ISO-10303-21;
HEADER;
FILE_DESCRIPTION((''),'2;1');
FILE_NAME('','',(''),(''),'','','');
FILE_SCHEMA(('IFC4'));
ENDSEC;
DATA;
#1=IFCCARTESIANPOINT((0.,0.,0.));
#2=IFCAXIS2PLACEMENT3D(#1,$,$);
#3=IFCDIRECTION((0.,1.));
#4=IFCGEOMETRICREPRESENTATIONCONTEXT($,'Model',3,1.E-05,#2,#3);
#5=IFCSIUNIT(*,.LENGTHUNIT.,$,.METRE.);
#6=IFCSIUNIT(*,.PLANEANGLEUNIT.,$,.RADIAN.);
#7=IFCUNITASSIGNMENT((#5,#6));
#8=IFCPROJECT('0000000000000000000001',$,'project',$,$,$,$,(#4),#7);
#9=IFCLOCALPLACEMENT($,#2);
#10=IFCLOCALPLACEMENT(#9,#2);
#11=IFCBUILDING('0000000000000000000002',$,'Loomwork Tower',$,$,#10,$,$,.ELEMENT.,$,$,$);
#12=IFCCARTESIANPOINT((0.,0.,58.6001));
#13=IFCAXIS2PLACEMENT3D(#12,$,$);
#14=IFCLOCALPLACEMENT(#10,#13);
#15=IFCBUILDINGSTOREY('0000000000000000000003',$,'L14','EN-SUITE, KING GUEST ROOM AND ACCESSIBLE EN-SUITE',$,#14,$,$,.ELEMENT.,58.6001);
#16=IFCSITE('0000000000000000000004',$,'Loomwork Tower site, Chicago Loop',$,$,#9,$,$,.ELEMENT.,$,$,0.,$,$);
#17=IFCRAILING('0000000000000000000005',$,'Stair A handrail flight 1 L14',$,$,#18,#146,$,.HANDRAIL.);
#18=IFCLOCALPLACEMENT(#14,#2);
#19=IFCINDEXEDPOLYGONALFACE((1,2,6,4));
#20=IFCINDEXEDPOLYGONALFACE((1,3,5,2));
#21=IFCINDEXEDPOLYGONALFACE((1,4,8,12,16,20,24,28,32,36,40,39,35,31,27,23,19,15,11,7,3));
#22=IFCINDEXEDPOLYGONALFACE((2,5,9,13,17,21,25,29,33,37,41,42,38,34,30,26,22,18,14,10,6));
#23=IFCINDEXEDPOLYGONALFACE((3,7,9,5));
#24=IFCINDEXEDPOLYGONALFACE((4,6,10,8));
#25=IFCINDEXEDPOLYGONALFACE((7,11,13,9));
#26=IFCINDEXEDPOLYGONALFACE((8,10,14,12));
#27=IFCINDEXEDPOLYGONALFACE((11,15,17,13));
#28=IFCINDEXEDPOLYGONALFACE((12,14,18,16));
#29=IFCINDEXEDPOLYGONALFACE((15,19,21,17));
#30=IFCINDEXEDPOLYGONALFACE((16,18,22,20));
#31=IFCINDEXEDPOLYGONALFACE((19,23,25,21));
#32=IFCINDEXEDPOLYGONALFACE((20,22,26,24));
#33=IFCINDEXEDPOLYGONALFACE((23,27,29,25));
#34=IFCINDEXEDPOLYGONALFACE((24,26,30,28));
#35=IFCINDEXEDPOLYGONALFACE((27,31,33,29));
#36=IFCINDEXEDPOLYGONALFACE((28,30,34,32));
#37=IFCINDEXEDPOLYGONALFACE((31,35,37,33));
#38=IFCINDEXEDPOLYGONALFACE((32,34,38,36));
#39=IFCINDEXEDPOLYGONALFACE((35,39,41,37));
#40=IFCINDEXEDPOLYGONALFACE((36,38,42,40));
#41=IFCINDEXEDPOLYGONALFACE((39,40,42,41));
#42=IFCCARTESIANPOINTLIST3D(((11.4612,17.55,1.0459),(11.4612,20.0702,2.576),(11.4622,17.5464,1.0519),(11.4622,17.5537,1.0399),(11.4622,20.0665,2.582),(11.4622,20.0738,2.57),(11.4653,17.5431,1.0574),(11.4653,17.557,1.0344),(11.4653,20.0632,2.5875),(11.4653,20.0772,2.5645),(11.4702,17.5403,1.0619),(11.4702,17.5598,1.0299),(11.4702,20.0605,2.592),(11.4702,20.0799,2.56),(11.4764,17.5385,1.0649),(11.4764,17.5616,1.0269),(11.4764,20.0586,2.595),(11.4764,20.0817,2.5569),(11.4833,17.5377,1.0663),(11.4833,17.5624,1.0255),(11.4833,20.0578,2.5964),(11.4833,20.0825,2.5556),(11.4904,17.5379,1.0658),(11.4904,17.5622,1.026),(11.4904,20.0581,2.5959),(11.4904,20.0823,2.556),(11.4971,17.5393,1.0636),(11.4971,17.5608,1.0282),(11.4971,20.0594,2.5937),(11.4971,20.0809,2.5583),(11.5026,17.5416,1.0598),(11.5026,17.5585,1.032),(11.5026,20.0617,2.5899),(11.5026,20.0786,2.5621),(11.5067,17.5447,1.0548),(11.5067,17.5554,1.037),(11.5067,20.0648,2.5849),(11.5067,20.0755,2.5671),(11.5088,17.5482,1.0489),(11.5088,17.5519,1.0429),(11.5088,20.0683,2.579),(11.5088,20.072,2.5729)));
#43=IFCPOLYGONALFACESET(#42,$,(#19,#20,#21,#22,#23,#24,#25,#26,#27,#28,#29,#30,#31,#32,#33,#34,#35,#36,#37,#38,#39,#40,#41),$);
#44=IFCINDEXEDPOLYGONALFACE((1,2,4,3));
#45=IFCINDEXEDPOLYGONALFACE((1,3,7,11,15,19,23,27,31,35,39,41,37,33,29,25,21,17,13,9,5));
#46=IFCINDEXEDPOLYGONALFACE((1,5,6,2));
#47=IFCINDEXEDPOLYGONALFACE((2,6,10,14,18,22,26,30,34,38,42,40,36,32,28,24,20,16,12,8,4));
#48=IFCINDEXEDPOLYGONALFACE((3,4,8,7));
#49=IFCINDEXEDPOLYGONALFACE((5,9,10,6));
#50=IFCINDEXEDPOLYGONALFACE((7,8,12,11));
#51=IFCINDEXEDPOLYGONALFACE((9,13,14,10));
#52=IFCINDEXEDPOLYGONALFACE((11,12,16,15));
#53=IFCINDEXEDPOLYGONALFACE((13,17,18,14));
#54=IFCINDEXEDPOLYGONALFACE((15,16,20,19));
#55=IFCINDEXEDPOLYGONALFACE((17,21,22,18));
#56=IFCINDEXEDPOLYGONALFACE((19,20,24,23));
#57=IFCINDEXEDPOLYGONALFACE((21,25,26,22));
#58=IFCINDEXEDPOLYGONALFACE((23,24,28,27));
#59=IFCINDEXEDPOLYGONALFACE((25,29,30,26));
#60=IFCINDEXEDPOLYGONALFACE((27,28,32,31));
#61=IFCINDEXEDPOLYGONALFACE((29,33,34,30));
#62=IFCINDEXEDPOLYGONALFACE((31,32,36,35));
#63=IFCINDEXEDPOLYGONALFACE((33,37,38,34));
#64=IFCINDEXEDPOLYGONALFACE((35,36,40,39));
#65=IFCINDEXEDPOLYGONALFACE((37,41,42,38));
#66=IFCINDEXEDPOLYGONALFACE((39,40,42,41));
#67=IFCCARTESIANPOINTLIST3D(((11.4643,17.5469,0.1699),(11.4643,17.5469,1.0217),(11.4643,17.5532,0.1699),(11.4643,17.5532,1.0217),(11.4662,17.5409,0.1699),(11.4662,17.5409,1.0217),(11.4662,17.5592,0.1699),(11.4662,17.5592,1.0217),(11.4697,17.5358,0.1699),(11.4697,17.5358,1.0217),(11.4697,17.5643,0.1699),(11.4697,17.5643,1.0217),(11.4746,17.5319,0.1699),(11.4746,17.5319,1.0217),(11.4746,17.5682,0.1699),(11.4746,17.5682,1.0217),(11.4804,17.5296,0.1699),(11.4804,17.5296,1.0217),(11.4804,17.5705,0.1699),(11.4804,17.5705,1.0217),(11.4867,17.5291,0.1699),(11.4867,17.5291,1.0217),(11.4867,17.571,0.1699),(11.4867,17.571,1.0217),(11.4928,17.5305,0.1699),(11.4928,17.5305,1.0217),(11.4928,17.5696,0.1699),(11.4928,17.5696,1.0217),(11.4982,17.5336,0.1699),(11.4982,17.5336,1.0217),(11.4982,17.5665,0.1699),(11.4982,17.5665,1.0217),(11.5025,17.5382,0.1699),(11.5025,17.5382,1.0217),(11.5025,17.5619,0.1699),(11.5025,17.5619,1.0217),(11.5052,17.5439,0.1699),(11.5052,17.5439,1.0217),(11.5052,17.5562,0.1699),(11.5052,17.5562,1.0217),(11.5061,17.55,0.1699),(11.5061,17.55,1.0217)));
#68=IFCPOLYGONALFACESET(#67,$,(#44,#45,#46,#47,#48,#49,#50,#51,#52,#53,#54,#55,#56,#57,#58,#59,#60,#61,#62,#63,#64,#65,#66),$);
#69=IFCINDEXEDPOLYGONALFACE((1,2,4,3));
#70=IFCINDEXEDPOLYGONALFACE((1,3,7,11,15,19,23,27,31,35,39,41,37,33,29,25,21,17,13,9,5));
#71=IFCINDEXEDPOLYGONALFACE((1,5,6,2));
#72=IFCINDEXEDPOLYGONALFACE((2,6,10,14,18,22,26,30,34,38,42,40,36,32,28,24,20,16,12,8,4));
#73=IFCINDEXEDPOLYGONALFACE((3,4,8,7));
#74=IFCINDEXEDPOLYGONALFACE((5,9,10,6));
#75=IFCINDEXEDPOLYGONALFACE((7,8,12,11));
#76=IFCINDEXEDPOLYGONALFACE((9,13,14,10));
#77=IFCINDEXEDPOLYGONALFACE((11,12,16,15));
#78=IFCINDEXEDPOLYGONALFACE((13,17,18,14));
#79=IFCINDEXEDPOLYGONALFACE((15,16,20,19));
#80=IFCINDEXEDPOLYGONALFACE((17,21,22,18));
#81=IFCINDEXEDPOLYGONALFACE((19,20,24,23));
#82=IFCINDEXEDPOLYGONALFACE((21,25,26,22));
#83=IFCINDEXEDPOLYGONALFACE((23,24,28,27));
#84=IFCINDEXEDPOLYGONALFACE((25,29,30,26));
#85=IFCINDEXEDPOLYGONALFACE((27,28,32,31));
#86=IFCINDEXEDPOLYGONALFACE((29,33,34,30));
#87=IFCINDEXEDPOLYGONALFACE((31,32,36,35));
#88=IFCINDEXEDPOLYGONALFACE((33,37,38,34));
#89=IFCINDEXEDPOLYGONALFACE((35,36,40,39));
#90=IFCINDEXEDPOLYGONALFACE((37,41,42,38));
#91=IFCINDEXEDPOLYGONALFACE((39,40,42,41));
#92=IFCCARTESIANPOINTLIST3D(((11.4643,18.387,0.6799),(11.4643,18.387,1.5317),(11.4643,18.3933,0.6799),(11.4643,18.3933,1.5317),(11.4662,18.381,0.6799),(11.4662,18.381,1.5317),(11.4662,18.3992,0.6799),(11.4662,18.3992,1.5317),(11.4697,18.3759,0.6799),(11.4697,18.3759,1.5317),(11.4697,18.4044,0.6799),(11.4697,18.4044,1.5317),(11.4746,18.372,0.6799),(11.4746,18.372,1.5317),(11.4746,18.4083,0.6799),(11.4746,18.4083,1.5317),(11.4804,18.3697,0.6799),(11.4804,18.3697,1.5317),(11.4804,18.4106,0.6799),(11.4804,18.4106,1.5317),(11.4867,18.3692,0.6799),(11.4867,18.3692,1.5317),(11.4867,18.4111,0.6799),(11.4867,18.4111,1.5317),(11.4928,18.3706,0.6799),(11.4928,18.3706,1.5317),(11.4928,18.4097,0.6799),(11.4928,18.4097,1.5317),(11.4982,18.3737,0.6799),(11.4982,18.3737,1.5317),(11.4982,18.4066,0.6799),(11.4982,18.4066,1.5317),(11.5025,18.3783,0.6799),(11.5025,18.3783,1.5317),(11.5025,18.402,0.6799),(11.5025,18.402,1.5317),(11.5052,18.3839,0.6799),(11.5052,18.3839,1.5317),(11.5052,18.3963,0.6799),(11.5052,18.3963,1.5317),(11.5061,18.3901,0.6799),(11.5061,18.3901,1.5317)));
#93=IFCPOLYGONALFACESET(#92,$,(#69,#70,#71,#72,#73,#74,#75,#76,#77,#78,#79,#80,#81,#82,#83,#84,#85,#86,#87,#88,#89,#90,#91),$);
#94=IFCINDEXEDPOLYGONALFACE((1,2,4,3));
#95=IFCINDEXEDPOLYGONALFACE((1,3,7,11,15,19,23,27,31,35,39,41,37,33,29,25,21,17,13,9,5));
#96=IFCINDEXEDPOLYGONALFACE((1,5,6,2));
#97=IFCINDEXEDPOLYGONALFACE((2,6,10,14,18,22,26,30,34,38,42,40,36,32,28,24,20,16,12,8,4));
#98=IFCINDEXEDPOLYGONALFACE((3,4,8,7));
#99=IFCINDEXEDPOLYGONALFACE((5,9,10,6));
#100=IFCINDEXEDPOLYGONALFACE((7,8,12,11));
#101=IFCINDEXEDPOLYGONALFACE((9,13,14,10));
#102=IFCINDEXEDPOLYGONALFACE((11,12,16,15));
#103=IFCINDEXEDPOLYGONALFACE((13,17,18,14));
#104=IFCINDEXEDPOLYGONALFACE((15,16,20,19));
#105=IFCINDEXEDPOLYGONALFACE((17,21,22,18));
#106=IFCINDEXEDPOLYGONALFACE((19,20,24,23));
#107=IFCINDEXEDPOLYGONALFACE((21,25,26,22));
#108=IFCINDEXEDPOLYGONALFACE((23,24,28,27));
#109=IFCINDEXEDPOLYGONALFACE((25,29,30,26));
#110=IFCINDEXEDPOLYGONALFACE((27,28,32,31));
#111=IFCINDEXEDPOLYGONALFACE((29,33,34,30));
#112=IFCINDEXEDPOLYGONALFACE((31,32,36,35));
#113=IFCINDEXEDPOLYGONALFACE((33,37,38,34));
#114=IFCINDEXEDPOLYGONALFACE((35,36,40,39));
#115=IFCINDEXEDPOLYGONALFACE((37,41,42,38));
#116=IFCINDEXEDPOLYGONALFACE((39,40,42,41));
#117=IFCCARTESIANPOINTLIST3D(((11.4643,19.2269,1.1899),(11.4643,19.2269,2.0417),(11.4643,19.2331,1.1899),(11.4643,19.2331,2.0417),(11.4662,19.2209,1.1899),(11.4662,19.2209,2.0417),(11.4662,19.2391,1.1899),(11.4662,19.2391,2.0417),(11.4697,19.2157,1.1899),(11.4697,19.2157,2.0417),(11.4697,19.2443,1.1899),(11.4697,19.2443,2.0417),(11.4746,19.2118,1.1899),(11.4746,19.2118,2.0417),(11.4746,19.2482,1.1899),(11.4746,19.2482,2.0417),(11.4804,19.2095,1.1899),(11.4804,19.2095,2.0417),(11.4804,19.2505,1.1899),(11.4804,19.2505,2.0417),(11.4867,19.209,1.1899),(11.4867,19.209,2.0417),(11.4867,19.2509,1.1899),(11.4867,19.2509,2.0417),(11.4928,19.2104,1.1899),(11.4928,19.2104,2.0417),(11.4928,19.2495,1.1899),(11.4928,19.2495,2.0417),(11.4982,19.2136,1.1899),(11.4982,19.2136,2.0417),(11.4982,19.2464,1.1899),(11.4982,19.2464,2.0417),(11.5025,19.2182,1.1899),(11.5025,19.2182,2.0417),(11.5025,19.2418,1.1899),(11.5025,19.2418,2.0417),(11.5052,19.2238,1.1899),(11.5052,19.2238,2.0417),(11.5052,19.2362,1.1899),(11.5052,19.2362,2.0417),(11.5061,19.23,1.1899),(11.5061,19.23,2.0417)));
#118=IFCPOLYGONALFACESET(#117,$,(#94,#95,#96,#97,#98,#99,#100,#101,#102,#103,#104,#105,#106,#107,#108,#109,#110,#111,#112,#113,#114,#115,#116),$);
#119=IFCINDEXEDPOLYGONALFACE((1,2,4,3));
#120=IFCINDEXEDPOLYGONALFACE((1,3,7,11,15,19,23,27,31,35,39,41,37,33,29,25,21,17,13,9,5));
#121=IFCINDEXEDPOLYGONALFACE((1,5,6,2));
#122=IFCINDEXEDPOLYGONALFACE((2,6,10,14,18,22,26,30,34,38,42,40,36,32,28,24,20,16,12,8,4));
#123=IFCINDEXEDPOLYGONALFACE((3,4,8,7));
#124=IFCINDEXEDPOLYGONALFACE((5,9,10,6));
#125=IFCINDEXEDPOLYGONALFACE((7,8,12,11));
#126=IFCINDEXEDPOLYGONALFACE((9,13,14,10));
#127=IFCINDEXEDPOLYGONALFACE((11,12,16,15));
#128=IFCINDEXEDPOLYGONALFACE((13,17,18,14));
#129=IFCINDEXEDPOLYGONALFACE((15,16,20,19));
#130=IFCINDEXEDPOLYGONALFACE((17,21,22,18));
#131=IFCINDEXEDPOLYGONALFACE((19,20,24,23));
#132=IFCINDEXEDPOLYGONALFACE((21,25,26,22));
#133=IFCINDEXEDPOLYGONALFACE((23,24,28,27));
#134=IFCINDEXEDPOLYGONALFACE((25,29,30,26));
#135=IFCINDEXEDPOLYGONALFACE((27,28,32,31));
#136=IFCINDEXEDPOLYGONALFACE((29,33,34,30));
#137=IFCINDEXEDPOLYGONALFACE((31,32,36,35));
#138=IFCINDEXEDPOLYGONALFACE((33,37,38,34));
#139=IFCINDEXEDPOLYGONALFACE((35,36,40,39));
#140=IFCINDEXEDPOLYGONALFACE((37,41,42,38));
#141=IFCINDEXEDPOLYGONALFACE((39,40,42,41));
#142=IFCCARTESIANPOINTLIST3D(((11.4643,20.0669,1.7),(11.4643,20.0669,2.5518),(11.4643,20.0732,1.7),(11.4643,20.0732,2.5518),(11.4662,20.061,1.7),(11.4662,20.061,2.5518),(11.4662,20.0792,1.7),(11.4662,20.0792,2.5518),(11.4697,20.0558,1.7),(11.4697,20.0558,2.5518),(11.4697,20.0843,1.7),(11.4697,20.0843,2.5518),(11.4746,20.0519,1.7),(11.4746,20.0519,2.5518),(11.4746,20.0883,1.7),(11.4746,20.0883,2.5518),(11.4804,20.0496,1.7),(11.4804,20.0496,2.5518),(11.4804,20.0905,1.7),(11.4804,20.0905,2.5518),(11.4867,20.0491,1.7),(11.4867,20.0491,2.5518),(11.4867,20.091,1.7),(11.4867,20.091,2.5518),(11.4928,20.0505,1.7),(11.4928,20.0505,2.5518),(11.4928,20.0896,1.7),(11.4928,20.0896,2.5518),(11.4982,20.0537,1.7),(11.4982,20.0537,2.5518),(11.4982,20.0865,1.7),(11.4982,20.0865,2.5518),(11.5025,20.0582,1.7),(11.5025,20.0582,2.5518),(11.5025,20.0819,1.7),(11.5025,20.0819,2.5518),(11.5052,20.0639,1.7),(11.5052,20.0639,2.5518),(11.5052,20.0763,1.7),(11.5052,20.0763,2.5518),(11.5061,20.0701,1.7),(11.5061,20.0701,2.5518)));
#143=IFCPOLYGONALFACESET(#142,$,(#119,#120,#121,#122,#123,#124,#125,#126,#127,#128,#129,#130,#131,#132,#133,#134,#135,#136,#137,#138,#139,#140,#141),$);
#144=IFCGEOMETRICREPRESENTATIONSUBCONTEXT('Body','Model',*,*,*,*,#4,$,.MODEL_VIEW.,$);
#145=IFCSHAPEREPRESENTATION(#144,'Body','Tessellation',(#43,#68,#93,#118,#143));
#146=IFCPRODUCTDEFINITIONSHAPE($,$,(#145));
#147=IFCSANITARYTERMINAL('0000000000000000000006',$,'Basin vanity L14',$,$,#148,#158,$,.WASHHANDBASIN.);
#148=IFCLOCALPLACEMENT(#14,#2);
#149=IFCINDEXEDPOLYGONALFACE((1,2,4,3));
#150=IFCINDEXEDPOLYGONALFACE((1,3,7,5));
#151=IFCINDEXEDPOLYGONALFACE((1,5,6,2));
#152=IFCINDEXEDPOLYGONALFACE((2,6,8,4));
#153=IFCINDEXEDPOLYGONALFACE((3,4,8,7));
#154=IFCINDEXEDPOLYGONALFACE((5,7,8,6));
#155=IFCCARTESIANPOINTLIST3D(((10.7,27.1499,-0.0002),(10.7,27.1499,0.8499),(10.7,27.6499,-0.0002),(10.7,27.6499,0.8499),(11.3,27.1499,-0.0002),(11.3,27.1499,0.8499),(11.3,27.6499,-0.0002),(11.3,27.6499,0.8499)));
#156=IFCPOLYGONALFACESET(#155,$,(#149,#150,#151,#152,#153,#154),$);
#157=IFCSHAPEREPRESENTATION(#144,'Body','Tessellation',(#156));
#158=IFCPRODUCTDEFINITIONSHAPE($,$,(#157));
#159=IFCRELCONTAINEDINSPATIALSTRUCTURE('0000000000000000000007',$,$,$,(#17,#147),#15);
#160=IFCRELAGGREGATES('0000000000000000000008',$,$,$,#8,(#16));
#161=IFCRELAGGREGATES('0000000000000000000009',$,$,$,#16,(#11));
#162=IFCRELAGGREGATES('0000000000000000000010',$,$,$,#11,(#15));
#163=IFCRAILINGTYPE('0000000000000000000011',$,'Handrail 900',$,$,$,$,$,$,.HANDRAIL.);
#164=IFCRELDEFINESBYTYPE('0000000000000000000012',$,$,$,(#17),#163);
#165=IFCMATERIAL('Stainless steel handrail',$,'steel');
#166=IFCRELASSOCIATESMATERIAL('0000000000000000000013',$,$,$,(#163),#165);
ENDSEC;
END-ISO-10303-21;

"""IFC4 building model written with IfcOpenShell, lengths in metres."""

from ifc_helpers import new_model, si_unit, direction, frame, origin, origin_2d, place, context, subcontext, project, spatial, rectangle, circle, extrude, material, type_object, element, save


model = new_model("IFC4")

# Units and contexts
model_context = context("Model", 3, precision=1e-05, world=origin(), true_north=direction((0.0, 1.0)))
body_context = subcontext(model_context, "Body", "Model", "MODEL_VIEW")
ifc_project = project(units=[si_unit("LENGTHUNIT", "METRE"), si_unit("PLANEANGLEUNIT", "RADIAN")], contexts=[model_context])

# Site, building, storey
site_placement = place(None, origin())
site = spatial("IfcSite", under=ifc_project, at=site_placement, Name="Loomwork Tower site, Chicago Loop", CompositionType="ELEMENT", RefElevation=0.0)
building_placement = place(site_placement, origin())
building = spatial("IfcBuilding", under=site, at=building_placement, Name="Loomwork Tower", CompositionType="ELEMENT")
storey_placement = place(building_placement, frame((0.0, 0.0, 58.6001)))
storey = spatial("IfcBuildingStorey", under=building, at=storey_placement, Name="L14", Description="EN-SUITE, KING GUEST ROOM AND ACCESSIBLE EN-SUITE", CompositionType="ELEMENT", Elevation=58.6001)

# Railing
ifc_material_1 = material(Name="Stainless steel handrail", Category="steel")
railing_type = type_object("IfcRailingType", Name="Handrail 900", PredefinedType="HANDRAIL", material=ifc_material_1)
railing_placement = place(storey_placement, frame((11.4851, 17.55, 0.1699)))
element("IfcRailing", 1, at=railing_placement, inside=storey, type_object=railing_type, Name="Stair A handrail flight 1 L14", PredefinedType="HANDRAIL", context=body_context, shape_type="SweptSolid", body=[
    extrude(circle(Radius=0.0239, at=origin_2d()), frame((0.0, 0.0, 0.876), z_axis=(0.0, 0.854785, 0.518982), x_axis=(-1.0, 0.0, 0.0)), (0.0, 0.0, 1.0), 2.9482),
    extrude(circle(Radius=0.021, at=origin_2d()), origin(), (0.0, 0.0, 1.0), 0.8518),
    extrude(circle(Radius=0.021, at=origin_2d()), frame((0.0, 0.8401, 0.51)), (0.0, 0.0, 1.0), 0.8518),
    extrude(circle(Radius=0.021, at=origin_2d()), frame((0.0, 1.6799, 1.02)), (0.0, 0.0, 1.0), 0.8518),
    extrude(circle(Radius=0.021, at=origin_2d()), frame((0.0, 2.52, 1.53)), (0.0, 0.0, 1.0), 0.8518),
])

# Sanitary terminal
sanitary_terminal_placement = place(storey_placement, frame((11.0, 27.3999, -0.0002), z_axis=(0.0, 0.0, 1.0), x_axis=(1.0, 0.0, 0.0)))
element("IfcSanitaryTerminal", 2, at=sanitary_terminal_placement, inside=storey, Name="Basin vanity L14", PredefinedType="WASHHANDBASIN", context=body_context, shape_type="SweptSolid", body=[
    extrude(rectangle(XDim=0.6001, YDim=0.5, at=origin_2d()), origin(), (0.0, 0.0, 1.0), 0.8501),
])

save(model, "model.ifc")
